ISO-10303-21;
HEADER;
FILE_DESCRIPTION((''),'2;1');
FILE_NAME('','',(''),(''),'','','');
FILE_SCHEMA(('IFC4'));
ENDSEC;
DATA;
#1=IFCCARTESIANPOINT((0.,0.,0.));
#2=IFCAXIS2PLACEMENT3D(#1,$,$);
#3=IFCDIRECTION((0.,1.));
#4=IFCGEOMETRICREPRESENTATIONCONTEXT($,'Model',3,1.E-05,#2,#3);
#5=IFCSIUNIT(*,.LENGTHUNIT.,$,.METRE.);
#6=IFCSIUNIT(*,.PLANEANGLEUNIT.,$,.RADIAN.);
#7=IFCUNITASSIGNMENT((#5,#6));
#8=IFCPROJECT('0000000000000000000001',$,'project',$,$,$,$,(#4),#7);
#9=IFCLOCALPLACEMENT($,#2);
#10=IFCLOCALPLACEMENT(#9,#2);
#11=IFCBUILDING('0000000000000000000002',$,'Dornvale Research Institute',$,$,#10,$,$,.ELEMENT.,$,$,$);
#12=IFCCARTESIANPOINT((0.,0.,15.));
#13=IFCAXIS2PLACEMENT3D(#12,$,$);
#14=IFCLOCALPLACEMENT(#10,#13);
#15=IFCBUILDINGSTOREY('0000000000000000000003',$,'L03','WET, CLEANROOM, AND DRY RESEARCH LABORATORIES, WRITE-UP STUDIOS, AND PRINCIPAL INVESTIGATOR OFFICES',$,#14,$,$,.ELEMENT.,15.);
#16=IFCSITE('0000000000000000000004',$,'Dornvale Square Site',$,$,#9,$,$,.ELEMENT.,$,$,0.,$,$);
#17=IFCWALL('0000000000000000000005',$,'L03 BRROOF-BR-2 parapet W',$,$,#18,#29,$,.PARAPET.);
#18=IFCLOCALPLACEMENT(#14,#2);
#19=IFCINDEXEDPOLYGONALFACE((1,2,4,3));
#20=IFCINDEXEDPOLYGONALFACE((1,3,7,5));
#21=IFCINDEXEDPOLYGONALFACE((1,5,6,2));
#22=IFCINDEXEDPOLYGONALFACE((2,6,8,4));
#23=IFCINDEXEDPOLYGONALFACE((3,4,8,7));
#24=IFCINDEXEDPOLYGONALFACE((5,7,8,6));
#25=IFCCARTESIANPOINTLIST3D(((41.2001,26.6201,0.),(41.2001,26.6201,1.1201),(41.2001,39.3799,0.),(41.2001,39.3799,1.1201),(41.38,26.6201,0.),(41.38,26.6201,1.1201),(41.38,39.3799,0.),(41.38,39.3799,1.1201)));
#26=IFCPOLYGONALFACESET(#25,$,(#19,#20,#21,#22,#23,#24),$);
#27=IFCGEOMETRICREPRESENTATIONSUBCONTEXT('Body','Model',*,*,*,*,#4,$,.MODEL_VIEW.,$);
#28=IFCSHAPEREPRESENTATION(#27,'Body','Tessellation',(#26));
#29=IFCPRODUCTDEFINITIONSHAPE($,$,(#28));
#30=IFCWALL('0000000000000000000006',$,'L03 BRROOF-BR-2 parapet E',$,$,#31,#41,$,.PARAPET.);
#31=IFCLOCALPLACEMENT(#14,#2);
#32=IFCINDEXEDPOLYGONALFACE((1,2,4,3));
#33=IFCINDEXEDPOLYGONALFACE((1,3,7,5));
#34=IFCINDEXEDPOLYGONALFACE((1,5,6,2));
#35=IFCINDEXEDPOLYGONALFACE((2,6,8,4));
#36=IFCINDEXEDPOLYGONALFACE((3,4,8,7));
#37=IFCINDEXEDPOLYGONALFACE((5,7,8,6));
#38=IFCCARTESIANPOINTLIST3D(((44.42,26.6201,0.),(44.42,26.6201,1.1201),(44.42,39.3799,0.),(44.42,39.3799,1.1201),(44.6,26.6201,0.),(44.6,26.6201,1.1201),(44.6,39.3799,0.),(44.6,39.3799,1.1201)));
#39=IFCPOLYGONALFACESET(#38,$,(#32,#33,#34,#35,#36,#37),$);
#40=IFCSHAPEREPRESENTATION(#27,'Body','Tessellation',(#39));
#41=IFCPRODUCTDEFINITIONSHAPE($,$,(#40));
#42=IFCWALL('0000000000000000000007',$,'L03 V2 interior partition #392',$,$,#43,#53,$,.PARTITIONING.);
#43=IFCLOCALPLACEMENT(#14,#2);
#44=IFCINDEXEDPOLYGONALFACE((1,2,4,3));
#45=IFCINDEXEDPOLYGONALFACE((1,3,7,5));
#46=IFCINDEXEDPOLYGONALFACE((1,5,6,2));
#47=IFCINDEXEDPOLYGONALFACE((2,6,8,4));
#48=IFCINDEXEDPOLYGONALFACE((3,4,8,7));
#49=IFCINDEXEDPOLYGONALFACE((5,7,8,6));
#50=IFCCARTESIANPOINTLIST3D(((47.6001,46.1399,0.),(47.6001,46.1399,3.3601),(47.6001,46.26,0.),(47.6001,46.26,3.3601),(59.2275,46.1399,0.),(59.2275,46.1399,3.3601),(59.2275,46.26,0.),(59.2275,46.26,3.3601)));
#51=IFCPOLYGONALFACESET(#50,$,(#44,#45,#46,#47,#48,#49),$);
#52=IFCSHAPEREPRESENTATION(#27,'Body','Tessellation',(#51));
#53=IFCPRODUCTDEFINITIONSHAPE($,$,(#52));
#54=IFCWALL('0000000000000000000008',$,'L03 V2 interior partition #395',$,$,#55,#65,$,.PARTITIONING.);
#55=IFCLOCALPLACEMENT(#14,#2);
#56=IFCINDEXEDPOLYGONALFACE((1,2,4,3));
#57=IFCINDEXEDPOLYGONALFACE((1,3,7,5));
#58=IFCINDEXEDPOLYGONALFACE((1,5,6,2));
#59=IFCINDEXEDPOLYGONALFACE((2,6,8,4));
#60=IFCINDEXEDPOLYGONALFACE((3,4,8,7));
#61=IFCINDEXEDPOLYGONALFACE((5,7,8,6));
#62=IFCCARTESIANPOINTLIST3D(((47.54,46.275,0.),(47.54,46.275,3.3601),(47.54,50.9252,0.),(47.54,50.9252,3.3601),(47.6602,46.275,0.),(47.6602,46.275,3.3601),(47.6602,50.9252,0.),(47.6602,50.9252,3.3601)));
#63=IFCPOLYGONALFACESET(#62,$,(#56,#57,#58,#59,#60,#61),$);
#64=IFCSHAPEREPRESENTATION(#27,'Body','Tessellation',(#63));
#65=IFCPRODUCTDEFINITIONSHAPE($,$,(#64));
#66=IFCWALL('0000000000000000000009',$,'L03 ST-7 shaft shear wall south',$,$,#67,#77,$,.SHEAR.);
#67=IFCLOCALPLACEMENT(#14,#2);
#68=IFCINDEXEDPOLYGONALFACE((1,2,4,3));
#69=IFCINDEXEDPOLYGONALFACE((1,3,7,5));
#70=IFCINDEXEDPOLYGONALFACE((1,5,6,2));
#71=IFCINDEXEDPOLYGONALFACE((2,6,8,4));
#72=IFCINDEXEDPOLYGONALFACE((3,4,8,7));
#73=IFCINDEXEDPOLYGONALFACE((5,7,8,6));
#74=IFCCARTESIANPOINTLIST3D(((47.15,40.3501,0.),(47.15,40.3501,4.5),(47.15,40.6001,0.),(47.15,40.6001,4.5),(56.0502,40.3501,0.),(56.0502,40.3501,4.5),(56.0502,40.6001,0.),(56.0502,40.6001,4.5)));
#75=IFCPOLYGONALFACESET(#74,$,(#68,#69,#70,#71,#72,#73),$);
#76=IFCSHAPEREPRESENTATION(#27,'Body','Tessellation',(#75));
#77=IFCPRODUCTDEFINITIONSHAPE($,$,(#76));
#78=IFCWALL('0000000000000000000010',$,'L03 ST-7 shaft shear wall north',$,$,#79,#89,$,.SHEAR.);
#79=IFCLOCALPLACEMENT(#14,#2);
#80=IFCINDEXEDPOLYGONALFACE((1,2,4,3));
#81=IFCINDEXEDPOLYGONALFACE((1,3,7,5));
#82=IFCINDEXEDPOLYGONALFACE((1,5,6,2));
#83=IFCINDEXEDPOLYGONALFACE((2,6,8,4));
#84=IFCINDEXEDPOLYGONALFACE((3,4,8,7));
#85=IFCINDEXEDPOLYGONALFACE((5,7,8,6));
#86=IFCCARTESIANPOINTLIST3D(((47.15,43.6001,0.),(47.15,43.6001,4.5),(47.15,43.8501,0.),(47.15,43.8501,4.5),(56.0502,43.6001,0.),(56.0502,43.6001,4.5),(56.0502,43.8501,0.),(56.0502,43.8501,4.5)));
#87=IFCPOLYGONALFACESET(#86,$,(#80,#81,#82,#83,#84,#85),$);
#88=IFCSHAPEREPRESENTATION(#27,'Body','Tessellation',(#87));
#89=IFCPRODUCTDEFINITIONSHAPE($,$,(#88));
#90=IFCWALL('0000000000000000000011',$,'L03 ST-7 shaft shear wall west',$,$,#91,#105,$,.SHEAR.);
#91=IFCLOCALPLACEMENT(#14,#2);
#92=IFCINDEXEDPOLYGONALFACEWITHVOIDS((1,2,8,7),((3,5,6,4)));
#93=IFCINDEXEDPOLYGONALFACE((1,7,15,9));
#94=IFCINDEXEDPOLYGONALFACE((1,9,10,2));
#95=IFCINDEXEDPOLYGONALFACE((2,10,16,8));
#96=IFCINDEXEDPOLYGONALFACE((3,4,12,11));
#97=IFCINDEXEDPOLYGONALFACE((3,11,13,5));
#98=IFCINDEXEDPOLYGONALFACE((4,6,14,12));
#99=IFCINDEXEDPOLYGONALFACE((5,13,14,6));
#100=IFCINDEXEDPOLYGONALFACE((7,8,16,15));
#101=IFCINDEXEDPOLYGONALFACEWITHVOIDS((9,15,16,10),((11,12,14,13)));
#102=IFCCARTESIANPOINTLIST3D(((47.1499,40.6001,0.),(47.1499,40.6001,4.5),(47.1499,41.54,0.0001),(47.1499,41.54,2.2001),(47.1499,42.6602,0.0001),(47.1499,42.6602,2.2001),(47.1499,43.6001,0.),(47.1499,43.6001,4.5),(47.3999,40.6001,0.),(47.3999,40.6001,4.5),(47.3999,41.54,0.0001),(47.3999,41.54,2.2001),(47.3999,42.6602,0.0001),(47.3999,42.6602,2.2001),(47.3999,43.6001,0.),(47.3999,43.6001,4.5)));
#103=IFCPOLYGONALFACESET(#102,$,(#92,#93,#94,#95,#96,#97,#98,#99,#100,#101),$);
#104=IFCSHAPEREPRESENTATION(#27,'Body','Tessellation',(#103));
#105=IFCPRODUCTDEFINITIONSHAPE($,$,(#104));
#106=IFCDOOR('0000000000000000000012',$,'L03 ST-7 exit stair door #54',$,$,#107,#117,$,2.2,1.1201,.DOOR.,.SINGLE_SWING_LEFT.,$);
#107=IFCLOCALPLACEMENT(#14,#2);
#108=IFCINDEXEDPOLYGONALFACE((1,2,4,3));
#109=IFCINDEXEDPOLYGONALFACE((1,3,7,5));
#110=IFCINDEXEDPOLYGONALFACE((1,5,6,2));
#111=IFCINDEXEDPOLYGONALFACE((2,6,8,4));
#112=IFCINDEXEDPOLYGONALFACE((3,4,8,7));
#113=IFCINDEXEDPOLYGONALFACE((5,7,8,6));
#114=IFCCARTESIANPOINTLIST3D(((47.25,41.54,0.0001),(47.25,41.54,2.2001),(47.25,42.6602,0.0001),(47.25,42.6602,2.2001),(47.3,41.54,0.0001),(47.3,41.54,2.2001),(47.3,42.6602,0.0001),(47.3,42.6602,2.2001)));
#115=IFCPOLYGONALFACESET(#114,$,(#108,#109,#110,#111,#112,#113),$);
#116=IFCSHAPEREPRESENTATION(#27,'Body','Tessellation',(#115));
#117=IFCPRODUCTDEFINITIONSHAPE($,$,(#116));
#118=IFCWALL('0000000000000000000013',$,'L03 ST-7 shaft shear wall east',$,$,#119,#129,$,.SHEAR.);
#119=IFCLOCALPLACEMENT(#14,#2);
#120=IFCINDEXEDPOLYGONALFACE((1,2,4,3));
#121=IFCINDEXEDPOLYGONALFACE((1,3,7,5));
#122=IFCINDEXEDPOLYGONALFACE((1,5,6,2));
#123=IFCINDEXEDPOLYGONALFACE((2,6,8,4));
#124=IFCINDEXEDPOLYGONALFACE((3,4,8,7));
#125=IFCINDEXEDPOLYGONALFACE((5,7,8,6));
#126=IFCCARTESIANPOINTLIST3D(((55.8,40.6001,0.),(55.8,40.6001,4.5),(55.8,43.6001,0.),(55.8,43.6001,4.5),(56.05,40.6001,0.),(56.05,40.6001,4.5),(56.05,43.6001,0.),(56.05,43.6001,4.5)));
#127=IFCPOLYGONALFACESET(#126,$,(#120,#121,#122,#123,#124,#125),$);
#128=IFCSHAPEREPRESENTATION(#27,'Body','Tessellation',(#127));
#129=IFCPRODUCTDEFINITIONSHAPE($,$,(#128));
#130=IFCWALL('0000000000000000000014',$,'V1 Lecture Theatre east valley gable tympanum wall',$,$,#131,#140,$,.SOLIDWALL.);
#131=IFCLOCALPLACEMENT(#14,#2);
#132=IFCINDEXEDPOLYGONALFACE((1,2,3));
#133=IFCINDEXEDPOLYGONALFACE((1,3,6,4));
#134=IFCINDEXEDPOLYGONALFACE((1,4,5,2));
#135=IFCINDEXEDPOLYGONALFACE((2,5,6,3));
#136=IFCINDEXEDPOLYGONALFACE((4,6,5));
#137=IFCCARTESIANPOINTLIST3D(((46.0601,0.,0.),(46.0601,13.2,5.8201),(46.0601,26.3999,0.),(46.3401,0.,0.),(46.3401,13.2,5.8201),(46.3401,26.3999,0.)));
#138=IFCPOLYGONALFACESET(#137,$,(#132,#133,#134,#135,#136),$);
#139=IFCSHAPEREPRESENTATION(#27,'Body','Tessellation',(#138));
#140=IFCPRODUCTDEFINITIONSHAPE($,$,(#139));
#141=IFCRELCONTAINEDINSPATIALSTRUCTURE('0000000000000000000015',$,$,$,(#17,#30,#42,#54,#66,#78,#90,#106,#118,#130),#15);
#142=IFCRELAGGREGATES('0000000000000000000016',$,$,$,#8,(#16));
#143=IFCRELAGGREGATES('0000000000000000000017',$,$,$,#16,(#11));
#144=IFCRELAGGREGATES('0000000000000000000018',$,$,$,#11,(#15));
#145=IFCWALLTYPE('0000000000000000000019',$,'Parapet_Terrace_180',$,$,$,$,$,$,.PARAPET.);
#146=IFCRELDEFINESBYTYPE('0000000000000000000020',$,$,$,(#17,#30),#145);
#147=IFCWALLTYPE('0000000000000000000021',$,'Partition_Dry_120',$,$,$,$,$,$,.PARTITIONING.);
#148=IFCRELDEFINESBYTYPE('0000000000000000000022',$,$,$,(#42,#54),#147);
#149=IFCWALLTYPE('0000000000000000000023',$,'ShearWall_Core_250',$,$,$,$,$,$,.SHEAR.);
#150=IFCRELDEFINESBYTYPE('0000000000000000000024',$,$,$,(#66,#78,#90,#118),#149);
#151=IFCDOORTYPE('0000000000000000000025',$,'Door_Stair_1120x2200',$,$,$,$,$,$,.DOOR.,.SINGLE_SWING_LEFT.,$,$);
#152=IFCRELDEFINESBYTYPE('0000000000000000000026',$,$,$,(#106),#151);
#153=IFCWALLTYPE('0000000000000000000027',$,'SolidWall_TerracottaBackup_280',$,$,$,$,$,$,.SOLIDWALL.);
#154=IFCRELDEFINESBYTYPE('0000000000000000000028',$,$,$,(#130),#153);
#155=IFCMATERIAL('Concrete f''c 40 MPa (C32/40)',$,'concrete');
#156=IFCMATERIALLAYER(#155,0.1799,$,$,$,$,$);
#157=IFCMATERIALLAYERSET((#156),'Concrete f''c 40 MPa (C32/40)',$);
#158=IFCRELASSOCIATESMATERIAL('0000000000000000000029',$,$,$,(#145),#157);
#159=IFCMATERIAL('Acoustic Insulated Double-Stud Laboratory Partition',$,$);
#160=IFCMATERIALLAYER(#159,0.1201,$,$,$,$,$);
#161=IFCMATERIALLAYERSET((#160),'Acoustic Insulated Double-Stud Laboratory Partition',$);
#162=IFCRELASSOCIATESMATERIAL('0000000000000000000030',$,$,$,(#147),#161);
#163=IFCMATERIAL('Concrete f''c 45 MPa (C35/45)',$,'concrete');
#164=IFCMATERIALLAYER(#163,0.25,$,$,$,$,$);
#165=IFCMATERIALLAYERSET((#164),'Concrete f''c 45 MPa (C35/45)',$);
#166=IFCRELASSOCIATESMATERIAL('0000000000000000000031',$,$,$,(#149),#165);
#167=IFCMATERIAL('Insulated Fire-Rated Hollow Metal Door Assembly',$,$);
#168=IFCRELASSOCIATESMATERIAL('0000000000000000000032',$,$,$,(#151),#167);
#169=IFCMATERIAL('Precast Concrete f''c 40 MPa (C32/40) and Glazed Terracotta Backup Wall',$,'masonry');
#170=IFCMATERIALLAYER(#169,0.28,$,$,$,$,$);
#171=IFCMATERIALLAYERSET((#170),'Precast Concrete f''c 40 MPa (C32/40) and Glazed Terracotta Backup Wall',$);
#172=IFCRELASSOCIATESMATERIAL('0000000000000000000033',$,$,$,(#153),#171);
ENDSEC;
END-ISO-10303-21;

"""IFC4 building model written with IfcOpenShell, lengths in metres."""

from ifc_helpers import new_model, si_unit, direction, frame, frame_2d, origin, place, context, subcontext, project, spatial, polyline, rectangle, outline, extrude, material, layer, layer_set, type_object, element, fill, save


model = new_model("IFC4")

# Units and contexts
model_context = context("Model", 3, precision=1e-05, world=origin(), true_north=direction((0.0, 1.0)))
body_context = subcontext(model_context, "Body", "Model", "MODEL_VIEW")
ifc_project = project(units=[si_unit("LENGTHUNIT", "METRE"), si_unit("PLANEANGLEUNIT", "RADIAN")], contexts=[model_context])

# Site, building, storey
site_placement = place(None, origin())
site = spatial("IfcSite", under=ifc_project, at=site_placement, Name="Dornvale Square Site", CompositionType="ELEMENT", RefElevation=0.0)
building_placement = place(site_placement, origin())
building = spatial("IfcBuilding", under=site, at=building_placement, Name="Dornvale Research Institute", CompositionType="ELEMENT")
storey_placement = place(building_placement, frame((0.0, 0.0, 15.0)))
storey = spatial("IfcBuildingStorey", under=building, at=storey_placement, Name="L03", Description="WET, CLEANROOM, AND DRY RESEARCH LABORATORIES, WRITE-UP STUDIOS, AND PRINCIPAL INVESTIGATOR OFFICES", CompositionType="ELEMENT", Elevation=15.0)

# Walls
ifc_material_1 = material(Name="Concrete f'c 40 MPa (C32/40)", Category="concrete")
ifc_layer_1 = layer(ifc_material_1, 0.1799)
ifc_layer_set_1 = layer_set([ifc_layer_1], Name="Concrete f'c 40 MPa (C32/40)")
wall_type_1 = type_object("IfcWallType", Name="Parapet_Terrace_180", PredefinedType="PARAPET", material=ifc_layer_set_1)
for number, where, z_axis, x_axis, name in (
    (1, (41.29, 26.6201, 0.0), (0.0, 0.0, 1.0), (0.0, 1.0, 0.0), "L03 BRROOF-BR-2 parapet W"),
    (2, (44.51, 26.6201, 0.0), (0.0, 0.0, 1.0), (0.0, 1.0, 0.0), "L03 BRROOF-BR-2 parapet E"),
):
    element("IfcWall", number, at=place(storey_placement, frame(where, z_axis=z_axis, x_axis=x_axis)), inside=storey, type_object=wall_type_1, Name=name, PredefinedType="PARAPET", context=body_context, shape_type="SweptSolid", body=[
        extrude(rectangle(XDim=12.7598, YDim=0.1799, at=frame_2d((6.3799, 0.0))), origin(), (0.0, 0.0, 1.0), 1.1201),
    ])
ifc_material_2 = material(Name="Acoustic Insulated Double-Stud Laboratory Partition")
ifc_layer_2 = layer(ifc_material_2, 0.1201)
ifc_layer_set_2 = layer_set([ifc_layer_2], Name="Acoustic Insulated Double-Stud Laboratory Partition")
wall_type_2 = type_object("IfcWallType", Name="Partition_Dry_120", PredefinedType="PARTITIONING", material=ifc_layer_set_2)
wall_1_placement = place(storey_placement, frame((47.6001, 46.2, 0.0), z_axis=(0.0, 0.0, 1.0), x_axis=(1.0, 0.0, 0.0)))
element("IfcWall", 3, at=wall_1_placement, inside=storey, type_object=wall_type_2, Name="L03 V2 interior partition #392", PredefinedType="PARTITIONING", context=body_context, shape_type="SweptSolid", body=[
    extrude(rectangle(XDim=11.6274, YDim=0.1201, at=frame_2d((5.8137, 0.0))), origin(), (0.0, 0.0, 1.0), 3.3601),
])
wall_2_placement = place(storey_placement, frame((47.6001, 46.2749, 0.0), z_axis=(0.0, 0.0, 1.0), x_axis=(0.0, 1.0, 0.0)))
element("IfcWall", 4, at=wall_2_placement, inside=storey, type_object=wall_type_2, Name="L03 V2 interior partition #395", PredefinedType="PARTITIONING", context=body_context, shape_type="SweptSolid", body=[
    extrude(rectangle(XDim=4.6501, YDim=0.1201, at=frame_2d((2.3252, 0.0))), origin(), (0.0, 0.0, 1.0), 3.3601),
])
ifc_material_3 = material(Name="Concrete f'c 45 MPa (C35/45)", Category="concrete")
ifc_layer_3 = layer(ifc_material_3, 0.25)
ifc_layer_set_3 = layer_set([ifc_layer_3], Name="Concrete f'c 45 MPa (C35/45)")
wall_type_3 = type_object("IfcWallType", Name="ShearWall_Core_250", PredefinedType="SHEAR", material=ifc_layer_set_3)
for number, where, z_axis, x_axis, name in (
    (5, (47.1499, 40.4751, 0.0), (0.0, 0.0, 1.0), (1.0, 0.0, 0.0), "L03 ST-7 shaft shear wall south"),
    (6, (47.1499, 43.7251, 0.0), (0.0, 0.0, 1.0), (1.0, 0.0, 0.0), "L03 ST-7 shaft shear wall north"),
):
    element("IfcWall", number, at=place(storey_placement, frame(where, z_axis=z_axis, x_axis=x_axis)), inside=storey, type_object=wall_type_3, Name=name, PredefinedType="SHEAR", context=body_context, shape_type="SweptSolid", body=[
        extrude(rectangle(XDim=8.9001, YDim=0.25, at=frame_2d((4.4502, 0.0))), origin(), (0.0, 0.0, 1.0), 4.5),
    ])

# Wall, opening, door
wall_3_placement = place(storey_placement, frame((47.2749, 40.6001, 0.0), z_axis=(0.0, 0.0, 1.0), x_axis=(0.0, 1.0, 0.0)))
wall_3 = element("IfcWall", 7, at=wall_3_placement, inside=storey, type_object=wall_type_3, Name="L03 ST-7 shaft shear wall west", PredefinedType="SHEAR", context=body_context, shape_type="SweptSolid", body=[
    extrude(rectangle(XDim=3.0, YDim=0.25, at=frame_2d((1.5, 0.0))), origin(), (0.0, 0.0, 1.0), 4.5),
])
opening_1_placement = place(wall_3_placement, frame((0.9399, 0.0, 0.0)))
opening_1 = element("IfcOpeningElement", 8, at=opening_1_placement, cuts=wall_3, PredefinedType="OPENING", context=body_context, shape_type="SweptSolid", body=[
    extrude(rectangle(XDim=1.1201, YDim=2.2, at=frame_2d((0.5601, 1.1001))), frame((0.0, 0.1399, 0.0), z_axis=(0.0, -1.0, 0.0), x_axis=(1.0, 0.0, 0.0)), (0.0, 0.0, 1.0), 0.28),
])
ifc_material_4 = material(Name="Insulated Fire-Rated Hollow Metal Door Assembly")
door_type = type_object("IfcDoorType", Name="Door_Stair_1120x2200", OperationType="SINGLE_SWING_LEFT", PredefinedType="DOOR", material=ifc_material_4)
door_placement = place(opening_1_placement, origin())
door = element("IfcDoor", 9, at=door_placement, inside=storey, type_object=door_type, Name="L03 ST-7 exit stair door #54", OperationType="SINGLE_SWING_LEFT", OverallHeight=2.2, OverallWidth=1.1201, PredefinedType="DOOR", context=body_context, shape_type="SweptSolid", body=[
    extrude(rectangle(XDim=1.1201, YDim=2.2, at=frame_2d((0.5601, 1.1001))), frame((0.0, 0.0249, 0.0), z_axis=(0.0, -1.0, 0.0), x_axis=(1.0, 0.0, 0.0)), (0.0, 0.0, 1.0), 0.05),
])
fill(opening_1, door)

# Walls
wall_4_placement = place(storey_placement, frame((55.925, 40.6001, 0.0), z_axis=(0.0, 0.0, 1.0), x_axis=(0.0, 1.0, 0.0)))
element("IfcWall", 10, at=wall_4_placement, inside=storey, type_object=wall_type_3, Name="L03 ST-7 shaft shear wall east", PredefinedType="SHEAR", context=body_context, shape_type="SweptSolid", body=[
    extrude(rectangle(XDim=3.0, YDim=0.25, at=frame_2d((1.5, 0.0))), origin(), (0.0, 0.0, 1.0), 4.5),
])
ifc_material_5 = material(Name="Precast Concrete f'c 40 MPa (C32/40) and Glazed Terracotta Backup Wall", Category="masonry")
ifc_layer_4 = layer(ifc_material_5, 0.28)
ifc_layer_set_4 = layer_set([ifc_layer_4], Name="Precast Concrete f'c 40 MPa (C32/40) and Glazed Terracotta Backup Wall")
wall_type_4 = type_object("IfcWallType", Name="SolidWall_TerracottaBackup_280", PredefinedType="SOLIDWALL", material=ifc_layer_set_4)
wall_5_placement = place(storey_placement, frame((46.2, 26.3999, 0.0), z_axis=(0.0, 0.0, 1.0), x_axis=(0.0, -1.0, 0.0)))
element("IfcWall", 11, at=wall_5_placement, inside=storey, type_object=wall_type_4, Name="V1 Lecture Theatre east valley gable tympanum wall", PredefinedType="SOLIDWALL", context=body_context, shape_type="SweptSolid", body=[
    extrude(outline(polyline([(0.0, 0.0), (26.3999, 0.0), (26.3999, 0.0), (13.2, 5.8201), (0.0, 0.0), (0.0, 0.0)])), frame((0.0, 0.1401, 0.0), z_axis=(0.0, -1.0, 0.0), x_axis=(1.0, 0.0, 0.0)), (0.0, 0.0, 1.0), 0.28),
])

save(model, "model.ifc")
